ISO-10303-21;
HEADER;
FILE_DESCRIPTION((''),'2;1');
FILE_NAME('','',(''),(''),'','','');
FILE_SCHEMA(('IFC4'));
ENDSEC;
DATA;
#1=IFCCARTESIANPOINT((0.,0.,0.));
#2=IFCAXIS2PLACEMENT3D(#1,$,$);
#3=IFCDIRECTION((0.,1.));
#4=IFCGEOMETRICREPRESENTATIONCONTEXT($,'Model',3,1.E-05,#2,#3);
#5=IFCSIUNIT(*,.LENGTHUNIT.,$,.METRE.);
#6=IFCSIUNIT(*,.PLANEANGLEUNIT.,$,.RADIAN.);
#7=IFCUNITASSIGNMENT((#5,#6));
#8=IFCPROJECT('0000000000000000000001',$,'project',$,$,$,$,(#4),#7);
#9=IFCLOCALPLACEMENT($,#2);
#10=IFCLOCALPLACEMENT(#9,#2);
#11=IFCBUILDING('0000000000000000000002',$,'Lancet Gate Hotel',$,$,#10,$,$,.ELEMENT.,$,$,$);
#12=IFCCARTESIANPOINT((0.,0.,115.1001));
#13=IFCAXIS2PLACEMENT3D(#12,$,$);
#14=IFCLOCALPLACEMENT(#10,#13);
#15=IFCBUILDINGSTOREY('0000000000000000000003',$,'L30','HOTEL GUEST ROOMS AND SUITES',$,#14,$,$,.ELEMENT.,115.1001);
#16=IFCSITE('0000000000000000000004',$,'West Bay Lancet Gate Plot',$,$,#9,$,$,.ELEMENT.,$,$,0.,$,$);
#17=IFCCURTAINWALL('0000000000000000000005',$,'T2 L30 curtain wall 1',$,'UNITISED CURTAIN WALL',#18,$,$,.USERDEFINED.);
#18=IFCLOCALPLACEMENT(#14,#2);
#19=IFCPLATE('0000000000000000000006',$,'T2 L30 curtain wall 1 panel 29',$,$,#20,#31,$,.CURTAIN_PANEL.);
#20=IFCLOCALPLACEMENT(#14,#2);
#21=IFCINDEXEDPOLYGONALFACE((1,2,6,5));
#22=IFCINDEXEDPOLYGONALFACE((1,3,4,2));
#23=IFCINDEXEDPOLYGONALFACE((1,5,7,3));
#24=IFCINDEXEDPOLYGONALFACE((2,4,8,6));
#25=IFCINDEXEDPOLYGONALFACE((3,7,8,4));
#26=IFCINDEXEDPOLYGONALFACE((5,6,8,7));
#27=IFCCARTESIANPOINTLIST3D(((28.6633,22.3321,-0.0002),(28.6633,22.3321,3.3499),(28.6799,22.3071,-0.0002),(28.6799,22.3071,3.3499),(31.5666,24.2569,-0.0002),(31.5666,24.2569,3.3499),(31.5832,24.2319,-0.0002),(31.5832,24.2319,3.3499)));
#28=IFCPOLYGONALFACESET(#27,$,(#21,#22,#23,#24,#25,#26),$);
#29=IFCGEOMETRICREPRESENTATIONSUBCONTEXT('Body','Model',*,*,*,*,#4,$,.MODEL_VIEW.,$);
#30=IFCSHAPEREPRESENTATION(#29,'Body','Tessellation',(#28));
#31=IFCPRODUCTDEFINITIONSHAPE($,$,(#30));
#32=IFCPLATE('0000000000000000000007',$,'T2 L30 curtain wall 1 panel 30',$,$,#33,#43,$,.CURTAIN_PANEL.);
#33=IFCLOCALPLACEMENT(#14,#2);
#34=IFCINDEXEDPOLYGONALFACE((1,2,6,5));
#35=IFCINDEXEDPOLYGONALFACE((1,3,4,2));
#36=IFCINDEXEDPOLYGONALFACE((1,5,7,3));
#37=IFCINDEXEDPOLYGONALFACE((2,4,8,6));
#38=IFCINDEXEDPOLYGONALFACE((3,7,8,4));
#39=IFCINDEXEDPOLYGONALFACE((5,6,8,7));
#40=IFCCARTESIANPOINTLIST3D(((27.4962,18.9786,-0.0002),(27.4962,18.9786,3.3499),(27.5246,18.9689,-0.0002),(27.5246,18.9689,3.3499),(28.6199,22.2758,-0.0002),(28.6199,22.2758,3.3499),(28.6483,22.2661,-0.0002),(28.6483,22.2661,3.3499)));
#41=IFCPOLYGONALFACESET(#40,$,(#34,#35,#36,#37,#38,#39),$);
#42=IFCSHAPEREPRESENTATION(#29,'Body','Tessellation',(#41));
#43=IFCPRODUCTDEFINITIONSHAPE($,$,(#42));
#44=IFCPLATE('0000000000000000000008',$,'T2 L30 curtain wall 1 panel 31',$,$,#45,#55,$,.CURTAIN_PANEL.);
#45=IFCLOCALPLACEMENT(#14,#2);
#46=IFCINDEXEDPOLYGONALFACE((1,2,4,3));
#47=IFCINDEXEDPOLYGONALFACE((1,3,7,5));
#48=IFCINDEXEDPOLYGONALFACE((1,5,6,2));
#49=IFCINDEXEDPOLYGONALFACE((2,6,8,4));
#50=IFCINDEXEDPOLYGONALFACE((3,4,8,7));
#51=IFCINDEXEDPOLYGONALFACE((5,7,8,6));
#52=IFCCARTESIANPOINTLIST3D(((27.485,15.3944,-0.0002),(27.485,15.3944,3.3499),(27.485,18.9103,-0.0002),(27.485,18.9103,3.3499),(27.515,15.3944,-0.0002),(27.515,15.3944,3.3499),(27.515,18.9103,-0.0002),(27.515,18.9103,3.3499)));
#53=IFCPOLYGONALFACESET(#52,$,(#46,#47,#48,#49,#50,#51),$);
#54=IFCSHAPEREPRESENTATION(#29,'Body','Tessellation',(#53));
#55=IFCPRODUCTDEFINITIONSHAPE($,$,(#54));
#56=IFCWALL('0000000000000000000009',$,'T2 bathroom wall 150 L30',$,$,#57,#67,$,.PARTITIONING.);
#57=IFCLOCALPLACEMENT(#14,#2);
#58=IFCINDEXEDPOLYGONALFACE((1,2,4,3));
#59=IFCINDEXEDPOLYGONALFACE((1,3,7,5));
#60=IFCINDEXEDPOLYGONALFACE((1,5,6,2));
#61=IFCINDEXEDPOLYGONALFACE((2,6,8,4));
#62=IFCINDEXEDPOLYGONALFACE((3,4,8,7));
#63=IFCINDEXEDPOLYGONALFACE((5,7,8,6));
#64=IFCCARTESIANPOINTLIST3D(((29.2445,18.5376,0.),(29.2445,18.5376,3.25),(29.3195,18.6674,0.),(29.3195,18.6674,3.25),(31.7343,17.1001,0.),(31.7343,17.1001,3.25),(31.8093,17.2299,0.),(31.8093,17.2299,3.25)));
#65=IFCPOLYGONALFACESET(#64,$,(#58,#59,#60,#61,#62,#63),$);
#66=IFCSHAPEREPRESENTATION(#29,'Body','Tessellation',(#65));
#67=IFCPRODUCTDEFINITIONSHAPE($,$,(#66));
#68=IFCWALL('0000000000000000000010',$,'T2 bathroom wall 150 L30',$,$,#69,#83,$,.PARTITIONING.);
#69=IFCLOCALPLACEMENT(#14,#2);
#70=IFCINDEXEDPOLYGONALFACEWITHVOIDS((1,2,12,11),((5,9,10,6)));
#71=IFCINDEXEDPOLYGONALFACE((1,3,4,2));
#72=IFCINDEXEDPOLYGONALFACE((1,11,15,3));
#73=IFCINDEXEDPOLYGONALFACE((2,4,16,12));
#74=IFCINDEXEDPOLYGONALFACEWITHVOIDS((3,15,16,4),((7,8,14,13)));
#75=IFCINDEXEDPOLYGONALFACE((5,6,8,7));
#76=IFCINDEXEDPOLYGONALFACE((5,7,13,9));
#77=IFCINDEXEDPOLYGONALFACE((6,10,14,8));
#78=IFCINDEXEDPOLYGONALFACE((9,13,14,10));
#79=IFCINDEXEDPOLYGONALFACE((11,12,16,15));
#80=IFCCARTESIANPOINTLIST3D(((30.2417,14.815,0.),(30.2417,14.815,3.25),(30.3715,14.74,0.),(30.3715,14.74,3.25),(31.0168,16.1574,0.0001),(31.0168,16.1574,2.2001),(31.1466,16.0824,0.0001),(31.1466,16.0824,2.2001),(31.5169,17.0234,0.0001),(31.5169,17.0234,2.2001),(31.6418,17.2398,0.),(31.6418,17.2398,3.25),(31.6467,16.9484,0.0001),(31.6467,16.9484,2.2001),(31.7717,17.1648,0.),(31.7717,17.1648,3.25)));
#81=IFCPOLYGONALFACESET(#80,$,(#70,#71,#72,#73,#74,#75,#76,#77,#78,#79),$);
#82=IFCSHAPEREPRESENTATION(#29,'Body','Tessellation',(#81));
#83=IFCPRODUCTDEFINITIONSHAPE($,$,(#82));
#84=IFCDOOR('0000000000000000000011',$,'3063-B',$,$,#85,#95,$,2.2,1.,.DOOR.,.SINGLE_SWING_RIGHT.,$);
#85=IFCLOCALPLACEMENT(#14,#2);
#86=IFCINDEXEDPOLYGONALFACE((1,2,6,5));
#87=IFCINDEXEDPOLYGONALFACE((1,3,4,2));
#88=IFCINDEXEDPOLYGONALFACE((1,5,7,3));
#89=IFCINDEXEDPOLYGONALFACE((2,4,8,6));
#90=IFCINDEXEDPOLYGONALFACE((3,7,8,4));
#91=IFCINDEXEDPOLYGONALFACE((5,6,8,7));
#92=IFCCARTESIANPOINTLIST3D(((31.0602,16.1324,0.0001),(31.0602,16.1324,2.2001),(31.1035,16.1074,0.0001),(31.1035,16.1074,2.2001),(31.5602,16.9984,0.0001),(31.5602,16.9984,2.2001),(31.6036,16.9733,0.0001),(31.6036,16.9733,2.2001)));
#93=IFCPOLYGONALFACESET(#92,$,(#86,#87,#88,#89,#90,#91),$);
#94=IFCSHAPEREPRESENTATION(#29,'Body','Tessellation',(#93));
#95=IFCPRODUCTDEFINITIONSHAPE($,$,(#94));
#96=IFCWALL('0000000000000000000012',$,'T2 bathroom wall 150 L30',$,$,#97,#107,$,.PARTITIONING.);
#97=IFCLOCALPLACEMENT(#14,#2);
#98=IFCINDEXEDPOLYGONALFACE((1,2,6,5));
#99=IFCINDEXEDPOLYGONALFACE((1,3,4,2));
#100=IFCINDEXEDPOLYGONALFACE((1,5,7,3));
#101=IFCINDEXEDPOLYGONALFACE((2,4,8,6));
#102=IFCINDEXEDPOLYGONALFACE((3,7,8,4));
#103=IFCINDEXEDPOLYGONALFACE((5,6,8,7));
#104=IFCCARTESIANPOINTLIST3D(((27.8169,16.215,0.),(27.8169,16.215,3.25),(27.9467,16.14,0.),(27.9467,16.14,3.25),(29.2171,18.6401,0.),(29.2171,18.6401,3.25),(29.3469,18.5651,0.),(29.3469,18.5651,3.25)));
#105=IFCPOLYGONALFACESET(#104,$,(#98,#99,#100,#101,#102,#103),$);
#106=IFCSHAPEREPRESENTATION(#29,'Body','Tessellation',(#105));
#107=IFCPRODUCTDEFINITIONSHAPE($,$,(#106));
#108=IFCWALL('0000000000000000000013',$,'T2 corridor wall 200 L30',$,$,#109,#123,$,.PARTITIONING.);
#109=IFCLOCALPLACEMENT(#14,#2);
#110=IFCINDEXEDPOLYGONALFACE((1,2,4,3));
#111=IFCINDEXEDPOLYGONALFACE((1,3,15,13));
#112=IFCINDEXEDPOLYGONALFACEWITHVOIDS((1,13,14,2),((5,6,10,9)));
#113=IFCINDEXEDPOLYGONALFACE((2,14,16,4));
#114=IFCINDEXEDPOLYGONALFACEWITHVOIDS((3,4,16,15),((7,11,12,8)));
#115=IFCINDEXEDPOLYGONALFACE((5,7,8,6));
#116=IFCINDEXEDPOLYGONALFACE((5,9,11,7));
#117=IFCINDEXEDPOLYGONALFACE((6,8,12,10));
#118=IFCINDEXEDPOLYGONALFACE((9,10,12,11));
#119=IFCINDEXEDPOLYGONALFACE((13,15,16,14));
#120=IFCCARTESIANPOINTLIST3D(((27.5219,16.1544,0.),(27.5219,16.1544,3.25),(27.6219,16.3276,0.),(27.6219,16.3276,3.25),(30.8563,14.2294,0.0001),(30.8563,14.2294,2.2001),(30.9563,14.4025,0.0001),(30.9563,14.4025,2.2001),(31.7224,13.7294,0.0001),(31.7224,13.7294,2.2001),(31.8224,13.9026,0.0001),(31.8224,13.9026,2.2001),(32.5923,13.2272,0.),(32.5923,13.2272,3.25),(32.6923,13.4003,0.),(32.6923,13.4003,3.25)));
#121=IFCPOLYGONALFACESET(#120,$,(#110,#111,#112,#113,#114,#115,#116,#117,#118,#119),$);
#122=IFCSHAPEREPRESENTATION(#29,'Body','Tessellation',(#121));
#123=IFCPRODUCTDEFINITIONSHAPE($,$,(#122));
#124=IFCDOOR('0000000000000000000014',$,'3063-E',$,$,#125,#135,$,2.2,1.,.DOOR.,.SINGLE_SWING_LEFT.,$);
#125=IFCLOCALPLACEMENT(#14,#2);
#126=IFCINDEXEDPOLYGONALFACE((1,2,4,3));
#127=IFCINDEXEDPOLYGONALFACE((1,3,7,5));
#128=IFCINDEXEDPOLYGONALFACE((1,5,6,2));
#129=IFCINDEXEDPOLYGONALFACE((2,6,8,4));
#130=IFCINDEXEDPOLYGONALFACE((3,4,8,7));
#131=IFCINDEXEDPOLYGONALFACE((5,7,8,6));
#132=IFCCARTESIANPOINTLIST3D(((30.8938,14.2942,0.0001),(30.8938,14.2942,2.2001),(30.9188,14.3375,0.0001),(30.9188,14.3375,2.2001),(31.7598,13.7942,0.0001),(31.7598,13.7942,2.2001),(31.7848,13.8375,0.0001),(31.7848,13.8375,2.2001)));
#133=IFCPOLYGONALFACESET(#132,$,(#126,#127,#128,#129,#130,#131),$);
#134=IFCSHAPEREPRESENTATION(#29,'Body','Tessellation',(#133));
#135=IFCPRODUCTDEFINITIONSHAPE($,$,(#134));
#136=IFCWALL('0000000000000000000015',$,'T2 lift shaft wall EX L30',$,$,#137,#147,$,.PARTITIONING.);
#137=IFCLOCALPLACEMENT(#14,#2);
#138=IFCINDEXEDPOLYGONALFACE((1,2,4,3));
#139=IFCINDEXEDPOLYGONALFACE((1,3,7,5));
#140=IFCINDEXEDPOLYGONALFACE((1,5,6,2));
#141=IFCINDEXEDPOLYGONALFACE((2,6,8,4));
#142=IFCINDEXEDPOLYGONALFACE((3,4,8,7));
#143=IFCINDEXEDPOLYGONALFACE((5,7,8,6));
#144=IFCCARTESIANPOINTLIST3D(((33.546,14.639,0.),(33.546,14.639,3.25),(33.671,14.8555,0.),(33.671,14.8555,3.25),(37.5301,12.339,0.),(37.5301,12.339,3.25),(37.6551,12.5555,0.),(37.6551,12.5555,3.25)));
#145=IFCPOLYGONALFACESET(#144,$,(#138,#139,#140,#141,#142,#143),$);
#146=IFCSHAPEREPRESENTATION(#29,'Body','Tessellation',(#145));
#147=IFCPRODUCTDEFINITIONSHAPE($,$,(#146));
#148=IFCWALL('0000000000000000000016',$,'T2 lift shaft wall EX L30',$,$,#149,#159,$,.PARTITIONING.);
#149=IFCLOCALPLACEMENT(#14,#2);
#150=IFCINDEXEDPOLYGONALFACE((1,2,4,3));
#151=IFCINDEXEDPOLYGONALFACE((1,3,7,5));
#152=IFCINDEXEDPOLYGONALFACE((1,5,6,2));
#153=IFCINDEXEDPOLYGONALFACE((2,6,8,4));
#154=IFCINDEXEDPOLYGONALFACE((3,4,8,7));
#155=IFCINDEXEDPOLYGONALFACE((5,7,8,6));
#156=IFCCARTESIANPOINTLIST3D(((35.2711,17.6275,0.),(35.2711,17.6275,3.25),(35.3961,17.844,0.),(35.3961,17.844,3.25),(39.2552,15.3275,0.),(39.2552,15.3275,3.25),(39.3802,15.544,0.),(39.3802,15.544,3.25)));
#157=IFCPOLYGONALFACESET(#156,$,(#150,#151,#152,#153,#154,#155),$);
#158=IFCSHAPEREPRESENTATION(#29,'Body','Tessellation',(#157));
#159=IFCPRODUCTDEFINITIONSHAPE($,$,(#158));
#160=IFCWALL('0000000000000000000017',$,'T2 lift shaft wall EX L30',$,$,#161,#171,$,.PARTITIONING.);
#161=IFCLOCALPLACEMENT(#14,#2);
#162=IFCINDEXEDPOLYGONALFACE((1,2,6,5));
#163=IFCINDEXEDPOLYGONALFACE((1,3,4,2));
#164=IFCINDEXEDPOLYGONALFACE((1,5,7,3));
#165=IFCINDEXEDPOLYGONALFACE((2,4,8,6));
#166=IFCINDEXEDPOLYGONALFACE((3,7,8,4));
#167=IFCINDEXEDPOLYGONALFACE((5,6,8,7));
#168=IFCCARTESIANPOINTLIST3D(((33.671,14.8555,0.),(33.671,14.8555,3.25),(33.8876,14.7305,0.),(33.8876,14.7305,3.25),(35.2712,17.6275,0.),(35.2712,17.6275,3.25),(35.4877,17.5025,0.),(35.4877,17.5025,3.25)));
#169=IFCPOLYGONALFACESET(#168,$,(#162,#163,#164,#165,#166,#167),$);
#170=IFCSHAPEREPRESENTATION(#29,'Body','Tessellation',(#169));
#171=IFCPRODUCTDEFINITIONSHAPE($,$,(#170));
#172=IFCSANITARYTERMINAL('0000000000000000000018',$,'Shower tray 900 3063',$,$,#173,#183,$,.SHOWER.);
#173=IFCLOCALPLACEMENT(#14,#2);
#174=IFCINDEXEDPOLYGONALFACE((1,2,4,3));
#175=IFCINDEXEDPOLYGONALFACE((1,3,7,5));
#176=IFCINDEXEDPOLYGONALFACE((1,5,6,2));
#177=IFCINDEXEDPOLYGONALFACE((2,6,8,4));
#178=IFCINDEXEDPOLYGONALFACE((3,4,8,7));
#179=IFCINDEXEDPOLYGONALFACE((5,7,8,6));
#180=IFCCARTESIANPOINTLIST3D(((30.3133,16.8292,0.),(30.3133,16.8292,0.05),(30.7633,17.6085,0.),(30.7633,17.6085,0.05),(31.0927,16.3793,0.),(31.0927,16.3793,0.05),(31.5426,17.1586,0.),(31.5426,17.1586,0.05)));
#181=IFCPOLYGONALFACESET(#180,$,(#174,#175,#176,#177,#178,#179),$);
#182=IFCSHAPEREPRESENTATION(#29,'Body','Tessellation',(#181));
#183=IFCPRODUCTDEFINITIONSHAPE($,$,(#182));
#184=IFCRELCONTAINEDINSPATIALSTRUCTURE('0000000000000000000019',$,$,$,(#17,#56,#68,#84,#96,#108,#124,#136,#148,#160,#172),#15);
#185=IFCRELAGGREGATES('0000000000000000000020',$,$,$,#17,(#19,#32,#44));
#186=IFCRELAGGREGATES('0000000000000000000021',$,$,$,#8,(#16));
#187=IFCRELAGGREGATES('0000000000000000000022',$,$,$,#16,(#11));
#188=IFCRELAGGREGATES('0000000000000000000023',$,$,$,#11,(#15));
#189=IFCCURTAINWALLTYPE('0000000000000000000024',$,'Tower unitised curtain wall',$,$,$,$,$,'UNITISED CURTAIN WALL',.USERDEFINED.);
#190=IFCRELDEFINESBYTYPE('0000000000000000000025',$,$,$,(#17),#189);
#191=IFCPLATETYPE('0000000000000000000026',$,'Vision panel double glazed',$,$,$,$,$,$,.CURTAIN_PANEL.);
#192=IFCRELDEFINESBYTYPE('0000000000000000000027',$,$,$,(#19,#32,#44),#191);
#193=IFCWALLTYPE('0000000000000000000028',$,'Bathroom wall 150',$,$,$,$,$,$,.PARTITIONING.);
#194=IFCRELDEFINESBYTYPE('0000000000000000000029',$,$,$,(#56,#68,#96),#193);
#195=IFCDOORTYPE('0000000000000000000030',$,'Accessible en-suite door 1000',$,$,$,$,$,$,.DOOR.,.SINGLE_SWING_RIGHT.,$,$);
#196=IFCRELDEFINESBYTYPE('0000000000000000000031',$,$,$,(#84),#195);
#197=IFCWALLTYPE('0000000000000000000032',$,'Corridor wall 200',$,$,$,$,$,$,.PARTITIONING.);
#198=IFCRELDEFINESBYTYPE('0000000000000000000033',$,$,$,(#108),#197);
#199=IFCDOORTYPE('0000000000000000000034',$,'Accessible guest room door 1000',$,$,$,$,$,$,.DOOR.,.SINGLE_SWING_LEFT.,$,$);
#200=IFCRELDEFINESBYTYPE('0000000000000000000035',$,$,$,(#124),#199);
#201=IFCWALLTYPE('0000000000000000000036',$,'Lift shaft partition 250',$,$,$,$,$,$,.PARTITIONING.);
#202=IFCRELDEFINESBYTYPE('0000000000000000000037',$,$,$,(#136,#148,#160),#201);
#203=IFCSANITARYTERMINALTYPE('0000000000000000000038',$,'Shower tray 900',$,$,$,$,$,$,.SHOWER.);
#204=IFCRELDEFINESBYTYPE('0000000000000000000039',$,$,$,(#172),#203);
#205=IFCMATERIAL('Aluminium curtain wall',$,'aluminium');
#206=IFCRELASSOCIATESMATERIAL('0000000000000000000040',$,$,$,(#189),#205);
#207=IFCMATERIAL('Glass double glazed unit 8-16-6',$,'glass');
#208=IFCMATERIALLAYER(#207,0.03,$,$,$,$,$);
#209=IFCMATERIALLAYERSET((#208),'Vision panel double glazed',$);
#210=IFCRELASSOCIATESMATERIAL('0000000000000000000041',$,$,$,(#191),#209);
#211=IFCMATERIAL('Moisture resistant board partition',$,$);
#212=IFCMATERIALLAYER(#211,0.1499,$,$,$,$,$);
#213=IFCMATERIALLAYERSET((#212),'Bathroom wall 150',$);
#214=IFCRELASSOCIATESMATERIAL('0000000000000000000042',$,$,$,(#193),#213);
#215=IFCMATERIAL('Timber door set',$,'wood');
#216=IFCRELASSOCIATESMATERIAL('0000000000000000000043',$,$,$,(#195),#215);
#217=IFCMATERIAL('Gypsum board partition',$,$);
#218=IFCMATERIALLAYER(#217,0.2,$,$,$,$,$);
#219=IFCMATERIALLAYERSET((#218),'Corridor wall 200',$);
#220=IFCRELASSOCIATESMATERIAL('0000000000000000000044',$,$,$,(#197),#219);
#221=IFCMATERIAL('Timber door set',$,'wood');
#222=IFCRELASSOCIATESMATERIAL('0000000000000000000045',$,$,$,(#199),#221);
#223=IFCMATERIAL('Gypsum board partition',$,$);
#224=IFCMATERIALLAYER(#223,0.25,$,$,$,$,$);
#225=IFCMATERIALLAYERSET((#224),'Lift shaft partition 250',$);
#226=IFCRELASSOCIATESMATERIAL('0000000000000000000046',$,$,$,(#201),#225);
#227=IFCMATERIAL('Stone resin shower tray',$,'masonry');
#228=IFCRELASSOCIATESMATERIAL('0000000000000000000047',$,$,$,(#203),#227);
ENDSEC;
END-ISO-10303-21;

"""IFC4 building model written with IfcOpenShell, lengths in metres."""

from ifc_helpers import new_model, si_unit, direction, frame, frame_2d, origin, origin_2d, place, context, subcontext, project, spatial, rectangle, extrude, material, layer, layer_set, type_object, element, fill, aggregate, save


model = new_model("IFC4")

# Units and contexts
model_context = context("Model", 3, precision=1e-05, world=origin(), true_north=direction((0.0, 1.0)))
body_context = subcontext(model_context, "Body", "Model", "MODEL_VIEW")
ifc_project = project(units=[si_unit("LENGTHUNIT", "METRE"), si_unit("PLANEANGLEUNIT", "RADIAN")], contexts=[model_context])

# Site, building, storey
site_placement = place(None, origin())
site = spatial("IfcSite", under=ifc_project, at=site_placement, Name="West Bay Lancet Gate Plot", CompositionType="ELEMENT", RefElevation=0.0)
building_placement = place(site_placement, origin())
building = spatial("IfcBuilding", under=site, at=building_placement, Name="Lancet Gate Hotel", CompositionType="ELEMENT")
storey_placement = place(building_placement, frame((0.0, 0.0, 115.1001)))
storey = spatial("IfcBuildingStorey", under=building, at=storey_placement, Name="L30", Description="HOTEL GUEST ROOMS AND SUITES", CompositionType="ELEMENT", Elevation=115.1001)

# Curtain wall
ifc_material_1 = material(Name="Aluminium curtain wall", Category="aluminium")
curtain_wall_type = type_object("IfcCurtainWallType", Name="Tower unitised curtain wall", ElementType="UNITISED CURTAIN WALL", PredefinedType="USERDEFINED", material=ifc_material_1)
curtain_wall_placement = place(storey_placement, origin())
curtain_wall = element("IfcCurtainWall", 1, at=curtain_wall_placement, inside=storey, type_object=curtain_wall_type, Name="T2 L30 curtain wall 1", ObjectType="UNITISED CURTAIN WALL", PredefinedType="USERDEFINED")

# Plates
ifc_material_2 = material(Name="Glass double glazed unit 8-16-6", Category="glass")
ifc_layer_1 = layer(ifc_material_2, 0.03)
ifc_layer_set_1 = layer_set([ifc_layer_1], Name="Vision panel double glazed")
plate_type = type_object("IfcPlateType", Name="Vision panel double glazed", PredefinedType="CURTAIN_PANEL", material=ifc_layer_set_1)
plate_1_placement = place(storey_placement, frame((30.1233, 23.282, -0.0002), z_axis=(0.0, 0.0, 1.0), x_axis=(-0.833465, -0.552573, 0.0)))
plate_1 = element("IfcPlate", 2, at=plate_1_placement, type_object=plate_type, Name="T2 L30 curtain wall 1 panel 29", PredefinedType="CURTAIN_PANEL", context=body_context, shape_type="SweptSolid", body=[
    extrude(rectangle(XDim=3.4834, YDim=0.03, at=origin_2d()), origin(), (0.0, 0.0, 1.0), 3.3501),
])
plate_2_placement = place(storey_placement, frame((28.0723, 20.6223, -0.0002), z_axis=(0.0, 0.0, 1.0), x_axis=(-0.322576, -0.946544, 0.0)))
plate_2 = element("IfcPlate", 3, at=plate_2_placement, type_object=plate_type, Name="T2 L30 curtain wall 1 panel 30", PredefinedType="CURTAIN_PANEL", context=body_context, shape_type="SweptSolid", body=[
    extrude(rectangle(XDim=3.4834, YDim=0.03, at=origin_2d()), origin(), (0.0, 0.0, 1.0), 3.3501),
])
plate_3_placement = place(storey_placement, frame((27.5, 17.1523, -0.0002), z_axis=(0.0, 0.0, 1.0), x_axis=(0.0, -1.0, 0.0)))
plate_3 = element("IfcPlate", 4, at=plate_3_placement, type_object=plate_type, Name="T2 L30 curtain wall 1 panel 31", PredefinedType="CURTAIN_PANEL", context=body_context, shape_type="SweptSolid", body=[
    extrude(rectangle(XDim=3.5159, YDim=0.03, at=origin_2d()), origin(), (0.0, 0.0, 1.0), 3.3501),
])
aggregate(curtain_wall, [plate_1, plate_2, plate_3])

# Wall
ifc_material_3 = material(Name="Moisture resistant board partition")
ifc_layer_2 = layer(ifc_material_3, 0.1499)
ifc_layer_set_2 = layer_set([ifc_layer_2], Name="Bathroom wall 150")
wall_type_1 = type_object("IfcWallType", Name="Bathroom wall 150", PredefinedType="PARTITIONING", material=ifc_layer_set_2)
wall_1_placement = place(storey_placement, frame((29.282, 18.6025, 0.0), z_axis=(0.0, 0.0, 1.0), x_axis=(0.866019, -0.500012, 0.0)))
element("IfcWall", 5, at=wall_1_placement, inside=storey, type_object=wall_type_1, Name="T2 bathroom wall 150 L30", PredefinedType="PARTITIONING", context=body_context, shape_type="SweptSolid", body=[
    extrude(rectangle(XDim=2.875, YDim=0.1499, at=frame_2d((1.4375, 0.0))), origin(), (0.0, 0.0, 1.0), 3.25),
])

# Wall, opening, door
wall_2_placement = place(storey_placement, frame((30.3066, 14.7776, 0.0), z_axis=(0.0, 0.0, 1.0), x_axis=(0.50005, 0.865997, 0.0)))
wall_2 = element("IfcWall", 6, at=wall_2_placement, inside=storey, type_object=wall_type_1, Name="T2 bathroom wall 150 L30", PredefinedType="PARTITIONING", context=body_context, shape_type="SweptSolid", body=[
    extrude(rectangle(XDim=2.8, YDim=0.1499, at=frame_2d((1.3999, 0.0))), origin(), (0.0, 0.0, 1.0), 3.25),
])
opening_1_placement = place(wall_2_placement, frame((1.55, 0.0, 0.0)))
opening_1 = element("IfcOpeningElement", 7, at=opening_1_placement, cuts=wall_2, PredefinedType="OPENING", context=body_context, shape_type="SweptSolid", body=[
    extrude(rectangle(XDim=1.0, YDim=2.2, at=frame_2d((0.5, 1.1001))), frame((0.0, 0.085, 0.0), z_axis=(0.0, -1.0, 0.0), x_axis=(1.0, 0.0, 0.0)), (0.0, 0.0, 1.0), 0.1699),
])
ifc_material_4 = material(Name="Timber door set", Category="wood")
door_type_1 = type_object("IfcDoorType", Name="Accessible en-suite door 1000", OperationType="SINGLE_SWING_RIGHT", PredefinedType="DOOR", material=ifc_material_4)
door_1_placement = place(opening_1_placement, origin())
door_1 = element("IfcDoor", 8, at=door_1_placement, inside=storey, type_object=door_type_1, Name="3063-B", OperationType="SINGLE_SWING_RIGHT", OverallHeight=2.2, OverallWidth=1.0, PredefinedType="DOOR", context=body_context, shape_type="SweptSolid", body=[
    extrude(rectangle(XDim=1.0, YDim=2.2, at=frame_2d((0.5, 1.1001))), frame((0.0, 0.0249, 0.0), z_axis=(0.0, -1.0, 0.0), x_axis=(1.0, 0.0, 0.0)), (0.0, 0.0, 1.0), 0.05),
])
fill(opening_1, door_1)

# Wall
wall_3_placement = place(storey_placement, frame((27.8818, 16.1775, 0.0), z_axis=(0.0, 0.0, 1.0), x_axis=(0.500012, 0.866019, 0.0)))
element("IfcWall", 9, at=wall_3_placement, inside=storey, type_object=wall_type_1, Name="T2 bathroom wall 150 L30", PredefinedType="PARTITIONING", context=body_context, shape_type="SweptSolid", body=[
    extrude(rectangle(XDim=2.8003, YDim=0.1499, at=frame_2d((1.4001, 0.0))), origin(), (0.0, 0.0, 1.0), 3.25),
])

# Wall, opening, door
ifc_material_5 = material(Name="Gypsum board partition")
ifc_layer_3 = layer(ifc_material_5, 0.2)
ifc_layer_set_3 = layer_set([ifc_layer_3], Name="Corridor wall 200")
wall_type_2 = type_object("IfcWallType", Name="Corridor wall 200", PredefinedType="PARTITIONING", material=ifc_layer_set_3)
wall_4_placement = place(storey_placement, frame((27.572, 16.241, 0.0), z_axis=(0.0, 0.0, 1.0), x_axis=(0.866033, -0.499987, 0.0)))
wall_4 = element("IfcWall", 10, at=wall_4_placement, inside=storey, type_object=wall_type_2, Name="T2 corridor wall 200 L30", PredefinedType="PARTITIONING", context=body_context, shape_type="SweptSolid", body=[
    extrude(rectangle(XDim=5.8547, YDim=0.2, at=frame_2d((2.9272, 0.0))), origin(), (0.0, 0.0, 1.0), 3.25),
])
opening_2_placement = place(wall_4_placement, frame((3.8501, 0.0, 0.0)))
opening_2 = element("IfcOpeningElement", 11, at=opening_2_placement, cuts=wall_4, PredefinedType="OPENING", context=body_context, shape_type="SweptSolid", body=[
    extrude(rectangle(XDim=1.0, YDim=2.2, at=frame_2d((0.5, 1.1001))), frame((0.0, 0.1099, 0.0), z_axis=(0.0, -1.0, 0.0), x_axis=(1.0, 0.0, 0.0)), (0.0, 0.0, 1.0), 0.22),
])
ifc_material_6 = material(Name="Timber door set", Category="wood")
door_type_2 = type_object("IfcDoorType", Name="Accessible guest room door 1000", OperationType="SINGLE_SWING_LEFT", PredefinedType="DOOR", material=ifc_material_6)
door_2_placement = place(opening_2_placement, origin())
door_2 = element("IfcDoor", 12, at=door_2_placement, inside=storey, type_object=door_type_2, Name="3063-E", OperationType="SINGLE_SWING_LEFT", OverallHeight=2.2, OverallWidth=1.0, PredefinedType="DOOR", context=body_context, shape_type="SweptSolid", body=[
    extrude(rectangle(XDim=1.0, YDim=2.2, at=frame_2d((0.5, 1.1001))), frame((0.0, 0.0249, 0.0), z_axis=(0.0, -1.0, 0.0), x_axis=(1.0, 0.0, 0.0)), (0.0, 0.0, 1.0), 0.05),
])
fill(opening_2, door_2)

# Walls
ifc_material_7 = material(Name="Gypsum board partition")
ifc_layer_4 = layer(ifc_material_7, 0.25)
ifc_layer_set_4 = layer_set([ifc_layer_4], Name="Lift shaft partition 250")
wall_type_3 = type_object("IfcWallType", Name="Lift shaft partition 250", PredefinedType="PARTITIONING", material=ifc_layer_set_4)
for number, where, z_axis, x_axis, name in (
    (13, (33.6084, 14.7473, 0.0), (0.0, 0.0, 1.0), (0.866043, -0.499969, 0.0), "T2 lift shaft wall EX L30"),
    (14, (35.3335, 17.7358, 0.0), (0.0, 0.0, 1.0), (0.866043, -0.499969, 0.0), "T2 lift shaft wall EX L30"),
):
    element("IfcWall", number, at=place(storey_placement, frame(where, z_axis=z_axis, x_axis=x_axis)), inside=storey, type_object=wall_type_3, Name=name, PredefinedType="PARTITIONING", context=body_context, shape_type="SweptSolid", body=[
        extrude(rectangle(XDim=4.6003, YDim=0.25, at=frame_2d((2.3003, 0.0))), origin(), (0.0, 0.0, 1.0), 3.25),
    ])
wall_5_placement = place(storey_placement, frame((33.7793, 14.793, 0.0), z_axis=(0.0, 0.0, 1.0), x_axis=(0.499929, 0.866066, 0.0)))
element("IfcWall", 15, at=wall_5_placement, inside=storey, type_object=wall_type_3, Name="T2 lift shaft wall EX L30", PredefinedType="PARTITIONING", context=body_context, shape_type="SweptSolid", body=[
    extrude(rectangle(XDim=3.2007, YDim=0.25, at=frame_2d((1.6003, 0.0))), origin(), (0.0, 0.0, 1.0), 3.25),
])

# Sanitary terminal
ifc_material_8 = material(Name="Stone resin shower tray", Category="masonry")
sanitary_terminal_type_1 = type_object("IfcSanitaryTerminalType", Name="Shower tray 900", PredefinedType="SHOWER", material=ifc_material_8)
sanitary_terminal_1_placement = place(storey_placement, frame((30.928, 16.9939, 0.0), z_axis=(0.0, 0.0, 1.0), x_axis=(0.866025, -0.5, 0.0)))
element("IfcSanitaryTerminal", 16, at=sanitary_terminal_1_placement, inside=storey, type_object=sanitary_terminal_type_1, Name="Shower tray 900 3063", PredefinedType="SHOWER", context=body_context, shape_type="SweptSolid", body=[
    extrude(rectangle(XDim=0.8999, YDim=0.8999, at=origin_2d()), origin(), (0.0, 0.0, 1.0), 0.05),
])

save(model, "model.ifc")
